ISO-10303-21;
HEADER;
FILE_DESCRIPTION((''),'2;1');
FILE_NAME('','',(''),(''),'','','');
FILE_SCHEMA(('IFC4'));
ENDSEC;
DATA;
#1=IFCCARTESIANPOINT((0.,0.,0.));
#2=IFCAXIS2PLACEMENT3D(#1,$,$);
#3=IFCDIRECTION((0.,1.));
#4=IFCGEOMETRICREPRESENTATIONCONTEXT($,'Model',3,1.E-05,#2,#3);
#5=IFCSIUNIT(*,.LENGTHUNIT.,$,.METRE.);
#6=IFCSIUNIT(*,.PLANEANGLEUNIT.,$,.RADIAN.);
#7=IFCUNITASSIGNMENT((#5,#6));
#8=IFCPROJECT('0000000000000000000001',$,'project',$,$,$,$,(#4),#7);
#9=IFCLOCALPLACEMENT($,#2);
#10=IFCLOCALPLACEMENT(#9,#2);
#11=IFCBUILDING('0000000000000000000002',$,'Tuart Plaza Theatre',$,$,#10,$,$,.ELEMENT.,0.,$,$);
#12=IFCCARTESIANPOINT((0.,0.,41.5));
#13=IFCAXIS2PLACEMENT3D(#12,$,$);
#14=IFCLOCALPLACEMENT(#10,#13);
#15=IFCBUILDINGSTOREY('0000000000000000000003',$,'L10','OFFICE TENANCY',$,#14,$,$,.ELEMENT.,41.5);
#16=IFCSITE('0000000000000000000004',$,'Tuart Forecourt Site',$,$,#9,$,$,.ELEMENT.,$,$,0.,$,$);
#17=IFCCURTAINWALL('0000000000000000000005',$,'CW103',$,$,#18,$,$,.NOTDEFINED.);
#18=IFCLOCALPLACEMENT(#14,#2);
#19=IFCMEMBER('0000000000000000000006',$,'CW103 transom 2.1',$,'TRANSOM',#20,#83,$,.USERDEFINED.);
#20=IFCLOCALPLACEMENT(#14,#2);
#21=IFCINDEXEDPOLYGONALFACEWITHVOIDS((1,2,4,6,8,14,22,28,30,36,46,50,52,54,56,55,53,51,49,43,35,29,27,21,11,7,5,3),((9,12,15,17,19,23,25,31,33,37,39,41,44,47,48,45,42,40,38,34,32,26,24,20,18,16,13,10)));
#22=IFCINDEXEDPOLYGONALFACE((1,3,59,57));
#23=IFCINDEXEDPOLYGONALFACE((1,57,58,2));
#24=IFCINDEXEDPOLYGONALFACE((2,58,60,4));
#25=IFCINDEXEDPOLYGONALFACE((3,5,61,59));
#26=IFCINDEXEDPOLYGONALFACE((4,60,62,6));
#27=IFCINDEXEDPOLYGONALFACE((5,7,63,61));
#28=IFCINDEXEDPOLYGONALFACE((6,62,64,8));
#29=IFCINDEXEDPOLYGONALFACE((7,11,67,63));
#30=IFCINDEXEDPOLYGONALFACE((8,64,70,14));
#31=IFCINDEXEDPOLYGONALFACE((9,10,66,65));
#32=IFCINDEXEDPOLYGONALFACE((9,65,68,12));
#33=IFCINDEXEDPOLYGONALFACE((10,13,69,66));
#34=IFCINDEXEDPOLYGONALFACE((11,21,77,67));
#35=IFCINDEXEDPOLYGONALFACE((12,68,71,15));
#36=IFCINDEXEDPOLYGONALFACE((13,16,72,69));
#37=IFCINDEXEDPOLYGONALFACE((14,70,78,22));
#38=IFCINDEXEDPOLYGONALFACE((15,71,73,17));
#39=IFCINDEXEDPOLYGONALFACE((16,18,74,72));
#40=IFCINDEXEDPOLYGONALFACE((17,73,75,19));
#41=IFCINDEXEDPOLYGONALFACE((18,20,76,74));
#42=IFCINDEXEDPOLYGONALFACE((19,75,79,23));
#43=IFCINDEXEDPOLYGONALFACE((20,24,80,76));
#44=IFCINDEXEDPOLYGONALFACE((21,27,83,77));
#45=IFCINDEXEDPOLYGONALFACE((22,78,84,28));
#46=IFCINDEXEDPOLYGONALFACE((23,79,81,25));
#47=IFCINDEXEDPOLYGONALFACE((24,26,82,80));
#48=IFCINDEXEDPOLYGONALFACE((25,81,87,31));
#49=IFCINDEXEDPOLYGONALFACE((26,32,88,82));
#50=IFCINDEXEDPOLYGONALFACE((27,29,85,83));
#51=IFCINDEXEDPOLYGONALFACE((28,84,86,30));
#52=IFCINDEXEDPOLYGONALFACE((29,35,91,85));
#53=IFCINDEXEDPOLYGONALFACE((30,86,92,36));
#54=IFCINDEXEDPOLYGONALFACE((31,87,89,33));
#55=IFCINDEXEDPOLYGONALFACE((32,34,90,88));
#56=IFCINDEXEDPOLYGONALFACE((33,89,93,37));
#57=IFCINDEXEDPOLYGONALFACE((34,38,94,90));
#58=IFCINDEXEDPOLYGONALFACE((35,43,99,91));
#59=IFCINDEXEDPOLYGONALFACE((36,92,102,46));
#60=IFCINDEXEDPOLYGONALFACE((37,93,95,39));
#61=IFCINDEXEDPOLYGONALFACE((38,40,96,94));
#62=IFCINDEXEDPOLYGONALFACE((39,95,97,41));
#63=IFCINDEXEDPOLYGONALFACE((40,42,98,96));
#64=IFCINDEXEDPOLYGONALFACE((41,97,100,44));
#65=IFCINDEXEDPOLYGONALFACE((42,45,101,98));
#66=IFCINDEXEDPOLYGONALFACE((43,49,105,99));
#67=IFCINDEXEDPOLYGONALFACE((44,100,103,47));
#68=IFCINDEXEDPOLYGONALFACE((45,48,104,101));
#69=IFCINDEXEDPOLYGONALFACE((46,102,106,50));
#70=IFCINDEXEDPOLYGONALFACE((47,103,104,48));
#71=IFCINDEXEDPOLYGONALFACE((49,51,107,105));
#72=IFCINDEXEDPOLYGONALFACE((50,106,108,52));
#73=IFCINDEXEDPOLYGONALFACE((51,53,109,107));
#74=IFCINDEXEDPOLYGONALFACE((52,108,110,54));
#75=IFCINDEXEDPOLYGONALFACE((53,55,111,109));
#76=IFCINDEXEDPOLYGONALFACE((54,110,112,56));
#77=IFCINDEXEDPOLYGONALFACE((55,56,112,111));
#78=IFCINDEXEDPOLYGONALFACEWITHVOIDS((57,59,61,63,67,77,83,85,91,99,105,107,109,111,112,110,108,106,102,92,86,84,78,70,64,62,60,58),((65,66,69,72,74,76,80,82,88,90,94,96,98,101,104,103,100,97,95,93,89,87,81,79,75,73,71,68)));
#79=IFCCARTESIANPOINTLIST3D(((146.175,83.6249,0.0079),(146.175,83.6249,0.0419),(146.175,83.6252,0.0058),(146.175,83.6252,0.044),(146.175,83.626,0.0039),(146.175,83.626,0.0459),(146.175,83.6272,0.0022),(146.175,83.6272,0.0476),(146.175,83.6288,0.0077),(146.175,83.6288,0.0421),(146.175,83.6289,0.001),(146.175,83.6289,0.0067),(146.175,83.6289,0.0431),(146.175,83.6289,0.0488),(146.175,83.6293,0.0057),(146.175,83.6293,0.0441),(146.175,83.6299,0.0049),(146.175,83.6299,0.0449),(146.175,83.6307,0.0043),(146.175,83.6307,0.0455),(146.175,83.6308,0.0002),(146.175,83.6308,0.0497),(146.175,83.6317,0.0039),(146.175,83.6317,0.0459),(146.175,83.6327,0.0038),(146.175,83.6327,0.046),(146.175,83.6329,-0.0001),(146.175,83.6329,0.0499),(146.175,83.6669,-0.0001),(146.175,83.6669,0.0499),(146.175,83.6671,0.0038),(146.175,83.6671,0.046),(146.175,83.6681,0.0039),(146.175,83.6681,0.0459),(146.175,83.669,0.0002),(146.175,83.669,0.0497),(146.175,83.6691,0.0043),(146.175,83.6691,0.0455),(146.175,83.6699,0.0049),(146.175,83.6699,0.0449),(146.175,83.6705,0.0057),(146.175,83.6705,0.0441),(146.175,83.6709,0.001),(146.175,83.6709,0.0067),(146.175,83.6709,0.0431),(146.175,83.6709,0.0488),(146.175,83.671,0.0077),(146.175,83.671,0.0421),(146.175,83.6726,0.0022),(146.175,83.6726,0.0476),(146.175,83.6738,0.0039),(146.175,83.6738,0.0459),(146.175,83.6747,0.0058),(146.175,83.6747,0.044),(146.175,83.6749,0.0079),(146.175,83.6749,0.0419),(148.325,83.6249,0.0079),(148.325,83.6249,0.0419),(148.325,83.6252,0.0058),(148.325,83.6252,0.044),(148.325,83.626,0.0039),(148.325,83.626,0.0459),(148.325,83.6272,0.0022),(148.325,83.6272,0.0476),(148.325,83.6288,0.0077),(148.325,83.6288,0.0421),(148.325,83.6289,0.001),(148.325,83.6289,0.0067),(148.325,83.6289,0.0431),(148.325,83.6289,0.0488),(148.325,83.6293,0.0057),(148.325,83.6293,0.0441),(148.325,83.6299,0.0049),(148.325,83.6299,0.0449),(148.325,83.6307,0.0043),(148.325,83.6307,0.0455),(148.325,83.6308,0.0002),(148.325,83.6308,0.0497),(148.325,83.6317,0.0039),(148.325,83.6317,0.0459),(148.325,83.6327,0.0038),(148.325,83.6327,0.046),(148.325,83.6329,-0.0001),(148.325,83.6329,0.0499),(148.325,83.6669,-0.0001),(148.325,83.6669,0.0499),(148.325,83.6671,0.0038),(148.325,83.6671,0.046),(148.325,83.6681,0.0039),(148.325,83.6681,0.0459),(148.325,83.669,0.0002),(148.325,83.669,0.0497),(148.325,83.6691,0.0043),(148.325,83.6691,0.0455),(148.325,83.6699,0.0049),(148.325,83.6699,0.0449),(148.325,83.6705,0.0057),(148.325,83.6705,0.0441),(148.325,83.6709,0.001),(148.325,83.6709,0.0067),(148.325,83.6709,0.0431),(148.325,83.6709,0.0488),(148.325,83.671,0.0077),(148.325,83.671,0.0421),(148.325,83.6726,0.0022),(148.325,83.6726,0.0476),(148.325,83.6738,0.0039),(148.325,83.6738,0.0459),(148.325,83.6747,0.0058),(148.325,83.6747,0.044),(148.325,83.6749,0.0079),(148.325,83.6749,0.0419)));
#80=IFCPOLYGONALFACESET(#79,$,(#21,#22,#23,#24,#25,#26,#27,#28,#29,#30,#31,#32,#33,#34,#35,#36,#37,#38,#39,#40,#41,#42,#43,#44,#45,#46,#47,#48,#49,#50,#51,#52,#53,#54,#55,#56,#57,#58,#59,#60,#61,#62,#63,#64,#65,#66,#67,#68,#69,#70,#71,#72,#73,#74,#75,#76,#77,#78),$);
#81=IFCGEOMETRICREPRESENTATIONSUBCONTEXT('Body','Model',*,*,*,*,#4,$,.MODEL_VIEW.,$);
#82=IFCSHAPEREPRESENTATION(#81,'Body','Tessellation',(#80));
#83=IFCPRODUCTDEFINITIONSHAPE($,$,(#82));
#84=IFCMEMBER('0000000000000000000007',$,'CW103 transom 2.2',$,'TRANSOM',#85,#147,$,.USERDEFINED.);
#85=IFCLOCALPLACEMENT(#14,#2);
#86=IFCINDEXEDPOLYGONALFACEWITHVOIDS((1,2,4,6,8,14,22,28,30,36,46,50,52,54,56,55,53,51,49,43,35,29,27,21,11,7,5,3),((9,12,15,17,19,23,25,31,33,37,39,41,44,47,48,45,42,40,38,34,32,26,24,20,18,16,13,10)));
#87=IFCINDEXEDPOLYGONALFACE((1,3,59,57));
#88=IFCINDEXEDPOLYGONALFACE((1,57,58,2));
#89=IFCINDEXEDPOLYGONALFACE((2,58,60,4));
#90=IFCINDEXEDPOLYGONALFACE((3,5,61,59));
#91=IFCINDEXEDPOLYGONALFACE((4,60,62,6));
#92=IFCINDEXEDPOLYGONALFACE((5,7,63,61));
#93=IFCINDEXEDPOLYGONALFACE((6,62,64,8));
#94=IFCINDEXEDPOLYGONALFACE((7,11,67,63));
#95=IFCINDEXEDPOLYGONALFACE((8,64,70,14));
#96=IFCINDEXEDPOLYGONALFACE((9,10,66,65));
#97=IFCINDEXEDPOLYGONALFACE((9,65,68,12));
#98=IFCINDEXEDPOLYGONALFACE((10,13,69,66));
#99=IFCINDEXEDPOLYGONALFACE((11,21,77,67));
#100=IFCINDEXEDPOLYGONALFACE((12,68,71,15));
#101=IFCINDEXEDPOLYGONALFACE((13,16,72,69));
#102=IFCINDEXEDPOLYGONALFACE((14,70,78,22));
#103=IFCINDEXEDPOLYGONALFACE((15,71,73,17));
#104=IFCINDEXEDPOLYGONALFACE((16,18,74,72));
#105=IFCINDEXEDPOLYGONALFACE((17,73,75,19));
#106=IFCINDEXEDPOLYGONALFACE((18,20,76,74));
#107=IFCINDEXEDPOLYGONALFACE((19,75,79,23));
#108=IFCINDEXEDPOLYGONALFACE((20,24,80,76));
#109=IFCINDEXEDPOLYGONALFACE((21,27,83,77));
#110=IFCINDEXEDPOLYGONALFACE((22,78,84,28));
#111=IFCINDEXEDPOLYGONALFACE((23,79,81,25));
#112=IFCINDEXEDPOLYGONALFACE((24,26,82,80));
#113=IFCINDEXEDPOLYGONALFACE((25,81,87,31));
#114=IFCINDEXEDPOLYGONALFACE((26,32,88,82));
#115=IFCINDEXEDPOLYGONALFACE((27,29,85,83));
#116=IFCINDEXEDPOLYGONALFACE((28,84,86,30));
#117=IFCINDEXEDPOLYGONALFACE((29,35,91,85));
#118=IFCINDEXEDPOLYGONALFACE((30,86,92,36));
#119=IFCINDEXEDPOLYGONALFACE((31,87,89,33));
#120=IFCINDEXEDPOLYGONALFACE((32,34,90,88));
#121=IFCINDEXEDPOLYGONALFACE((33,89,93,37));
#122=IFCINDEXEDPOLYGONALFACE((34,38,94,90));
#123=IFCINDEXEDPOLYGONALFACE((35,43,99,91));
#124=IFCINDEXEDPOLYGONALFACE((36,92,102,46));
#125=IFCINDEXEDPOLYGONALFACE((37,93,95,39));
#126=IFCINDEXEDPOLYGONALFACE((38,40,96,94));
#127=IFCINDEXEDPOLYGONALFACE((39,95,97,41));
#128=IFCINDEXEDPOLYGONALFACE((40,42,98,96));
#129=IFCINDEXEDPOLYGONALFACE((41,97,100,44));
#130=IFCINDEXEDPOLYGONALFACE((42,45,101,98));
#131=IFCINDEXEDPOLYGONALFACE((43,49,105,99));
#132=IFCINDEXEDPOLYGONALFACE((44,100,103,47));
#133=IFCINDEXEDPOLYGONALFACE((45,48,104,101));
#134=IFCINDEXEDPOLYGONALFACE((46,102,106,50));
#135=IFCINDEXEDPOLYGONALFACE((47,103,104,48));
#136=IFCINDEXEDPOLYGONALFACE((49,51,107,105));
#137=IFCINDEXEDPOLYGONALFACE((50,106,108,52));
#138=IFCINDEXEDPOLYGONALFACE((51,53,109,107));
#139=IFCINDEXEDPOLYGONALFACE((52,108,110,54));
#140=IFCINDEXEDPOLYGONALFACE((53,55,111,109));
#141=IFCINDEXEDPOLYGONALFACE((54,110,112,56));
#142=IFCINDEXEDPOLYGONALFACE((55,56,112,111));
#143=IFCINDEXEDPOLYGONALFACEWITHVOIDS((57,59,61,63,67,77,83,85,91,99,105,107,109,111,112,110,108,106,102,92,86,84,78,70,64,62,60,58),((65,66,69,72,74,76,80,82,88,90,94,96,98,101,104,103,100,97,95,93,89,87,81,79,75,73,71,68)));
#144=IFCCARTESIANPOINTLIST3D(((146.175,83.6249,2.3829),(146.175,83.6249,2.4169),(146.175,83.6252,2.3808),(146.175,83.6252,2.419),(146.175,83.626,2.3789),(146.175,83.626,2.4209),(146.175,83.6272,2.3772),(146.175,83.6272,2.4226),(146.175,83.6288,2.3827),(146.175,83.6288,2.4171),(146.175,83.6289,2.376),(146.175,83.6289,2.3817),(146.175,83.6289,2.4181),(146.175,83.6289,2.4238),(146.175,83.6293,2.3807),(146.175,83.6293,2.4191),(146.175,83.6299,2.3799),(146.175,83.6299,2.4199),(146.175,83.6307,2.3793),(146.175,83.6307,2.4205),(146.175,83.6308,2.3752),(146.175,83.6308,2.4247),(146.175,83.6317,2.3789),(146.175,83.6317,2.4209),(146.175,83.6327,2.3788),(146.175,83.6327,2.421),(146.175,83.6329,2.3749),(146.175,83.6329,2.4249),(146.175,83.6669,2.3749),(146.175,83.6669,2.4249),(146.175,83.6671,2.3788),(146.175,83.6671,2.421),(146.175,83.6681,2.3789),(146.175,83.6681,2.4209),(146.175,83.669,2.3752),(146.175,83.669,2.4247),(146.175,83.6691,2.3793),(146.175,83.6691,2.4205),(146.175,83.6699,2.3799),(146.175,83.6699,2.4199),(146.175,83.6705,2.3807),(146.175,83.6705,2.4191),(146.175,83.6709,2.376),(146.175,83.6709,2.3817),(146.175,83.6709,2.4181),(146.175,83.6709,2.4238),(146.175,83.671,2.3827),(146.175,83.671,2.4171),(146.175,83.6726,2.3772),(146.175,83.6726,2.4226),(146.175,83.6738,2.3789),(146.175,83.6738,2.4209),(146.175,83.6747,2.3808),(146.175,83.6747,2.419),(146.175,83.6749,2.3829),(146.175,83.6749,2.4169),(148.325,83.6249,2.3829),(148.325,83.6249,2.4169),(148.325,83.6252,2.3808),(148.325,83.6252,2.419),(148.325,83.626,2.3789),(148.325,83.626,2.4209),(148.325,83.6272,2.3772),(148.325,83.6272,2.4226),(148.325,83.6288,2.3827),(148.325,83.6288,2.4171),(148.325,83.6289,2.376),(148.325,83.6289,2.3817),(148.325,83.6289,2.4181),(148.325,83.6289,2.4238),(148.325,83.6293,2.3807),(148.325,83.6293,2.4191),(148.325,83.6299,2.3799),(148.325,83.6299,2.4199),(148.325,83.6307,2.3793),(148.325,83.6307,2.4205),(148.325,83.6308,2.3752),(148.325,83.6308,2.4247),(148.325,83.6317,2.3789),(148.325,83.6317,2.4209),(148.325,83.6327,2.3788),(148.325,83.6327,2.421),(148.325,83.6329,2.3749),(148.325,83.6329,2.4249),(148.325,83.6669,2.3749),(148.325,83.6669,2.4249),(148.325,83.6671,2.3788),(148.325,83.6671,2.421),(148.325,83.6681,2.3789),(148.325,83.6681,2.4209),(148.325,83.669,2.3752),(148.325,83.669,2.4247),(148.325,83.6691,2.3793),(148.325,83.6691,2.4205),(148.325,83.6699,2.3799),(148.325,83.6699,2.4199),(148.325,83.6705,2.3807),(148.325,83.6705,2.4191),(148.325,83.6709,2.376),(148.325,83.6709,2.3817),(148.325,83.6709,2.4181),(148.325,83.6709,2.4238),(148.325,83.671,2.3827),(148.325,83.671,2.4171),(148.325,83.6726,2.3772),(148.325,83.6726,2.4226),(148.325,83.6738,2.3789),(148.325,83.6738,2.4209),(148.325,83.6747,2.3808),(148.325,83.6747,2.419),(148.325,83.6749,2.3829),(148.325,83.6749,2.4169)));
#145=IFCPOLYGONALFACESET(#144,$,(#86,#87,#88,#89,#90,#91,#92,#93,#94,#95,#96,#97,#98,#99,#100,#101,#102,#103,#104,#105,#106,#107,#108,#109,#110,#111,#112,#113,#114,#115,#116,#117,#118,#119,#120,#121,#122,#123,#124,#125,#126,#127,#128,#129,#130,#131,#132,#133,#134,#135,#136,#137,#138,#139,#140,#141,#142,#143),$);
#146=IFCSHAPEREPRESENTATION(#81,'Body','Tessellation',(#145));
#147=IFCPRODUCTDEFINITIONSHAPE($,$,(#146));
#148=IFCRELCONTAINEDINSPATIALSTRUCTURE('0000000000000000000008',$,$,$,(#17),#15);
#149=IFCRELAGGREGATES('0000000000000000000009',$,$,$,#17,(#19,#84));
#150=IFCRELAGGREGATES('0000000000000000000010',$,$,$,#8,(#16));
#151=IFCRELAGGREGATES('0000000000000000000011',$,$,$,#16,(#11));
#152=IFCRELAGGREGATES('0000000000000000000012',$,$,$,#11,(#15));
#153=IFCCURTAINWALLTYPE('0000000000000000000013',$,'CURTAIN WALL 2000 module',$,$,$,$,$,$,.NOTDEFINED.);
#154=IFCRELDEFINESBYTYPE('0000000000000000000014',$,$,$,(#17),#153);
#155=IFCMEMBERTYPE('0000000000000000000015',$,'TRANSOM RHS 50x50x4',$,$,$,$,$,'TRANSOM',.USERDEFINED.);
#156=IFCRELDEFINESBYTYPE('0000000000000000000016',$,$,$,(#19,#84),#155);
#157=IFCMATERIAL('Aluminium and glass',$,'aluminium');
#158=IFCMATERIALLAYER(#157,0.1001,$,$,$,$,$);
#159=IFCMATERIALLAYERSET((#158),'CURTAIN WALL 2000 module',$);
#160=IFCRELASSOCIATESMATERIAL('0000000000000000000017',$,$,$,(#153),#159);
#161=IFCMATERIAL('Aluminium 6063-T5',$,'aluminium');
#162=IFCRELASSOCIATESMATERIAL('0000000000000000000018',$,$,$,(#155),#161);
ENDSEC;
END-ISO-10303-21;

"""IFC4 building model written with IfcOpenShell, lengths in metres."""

from ifc_helpers import new_model, si_unit, direction, frame, origin, origin_2d, place, context, subcontext, project, spatial, hollow_rectangle, extrude, material, layer, layer_set, material_profile, profile_set, type_object, element, aggregate, save


model = new_model("IFC4")

# Units and contexts
model_context = context("Model", 3, precision=1e-05, world=origin(), true_north=direction((0.0, 1.0)))
body_context = subcontext(model_context, "Body", "Model", "MODEL_VIEW")
ifc_project = project(units=[si_unit("LENGTHUNIT", "METRE"), si_unit("PLANEANGLEUNIT", "RADIAN")], contexts=[model_context])

# Site, building, storey
site_placement = place(None, origin())
site = spatial("IfcSite", under=ifc_project, at=site_placement, Name="Tuart Forecourt Site", CompositionType="ELEMENT", RefElevation=0.0)
building_placement = place(site_placement, origin())
building = spatial("IfcBuilding", under=site, at=building_placement, Name="Tuart Plaza Theatre", CompositionType="ELEMENT", ElevationOfRefHeight=0.0)
storey_placement = place(building_placement, frame((0.0, 0.0, 41.5)))
storey = spatial("IfcBuildingStorey", under=building, at=storey_placement, Name="L10", Description="OFFICE TENANCY", CompositionType="ELEMENT", Elevation=41.5)

# Shared definitions
ifc_material_1 = material(Name="Aluminium and glass", Category="aluminium")
ifc_layer_1 = layer(ifc_material_1, 0.1001)
ifc_layer_set_1 = layer_set([ifc_layer_1], Name="CURTAIN WALL 2000 module")
curtain_wall_type = type_object("IfcCurtainWallType", Name="CURTAIN WALL 2000 module", PredefinedType="NOTDEFINED", material=ifc_layer_set_1)

# Curtain wall
curtain_wall_1_placement = place(storey_placement, origin())
curtain_wall_1 = element("IfcCurtainWall", 1, at=curtain_wall_1_placement, inside=storey, type_object=curtain_wall_type, Name="CW103", PredefinedType="NOTDEFINED")

# Members
ifc_material_2 = material(Name="Aluminium 6063-T5", Category="aluminium")
ifc_material_profile_1 = material_profile(ifc_material_2, hollow_rectangle(XDim=0.05, YDim=0.05, WallThickness=0.0039, InnerFilletRadius=0.0039, OuterFilletRadius=0.0081, at=origin_2d()), Name="RHS 50x50x4")
ifc_profile_set_1 = profile_set([ifc_material_profile_1], Name="Aluminium 6063-T5")
member_type_1 = type_object("IfcMemberType", Name="TRANSOM RHS 50x50x4", ElementType="TRANSOM", PredefinedType="USERDEFINED", material=ifc_profile_set_1)
member_1_placement = place(storey_placement, frame((148.325, 83.6499, 0.0249), z_axis=(-1.0, 0.0, 0.0), x_axis=(0.0, -1.0, 0.0)))
member_1 = element("IfcMember", 2, at=member_1_placement, type_object=member_type_1, Name="CW103 transom 2.1", ObjectType="TRANSOM", PredefinedType="USERDEFINED", context=body_context, shape_type="SweptSolid", body=[
    extrude(hollow_rectangle(XDim=0.05, YDim=0.05, WallThickness=0.0039, InnerFilletRadius=0.0039, OuterFilletRadius=0.0081, at=origin_2d()), origin(), (0.0, 0.0, 1.0), 2.1499),
])
member_2_placement = place(storey_placement, frame((148.325, 83.6499, 2.3999), z_axis=(-1.0, 0.0, 0.0), x_axis=(0.0, -1.0, 0.0)))
member_2 = element("IfcMember", 3, at=member_2_placement, type_object=member_type_1, Name="CW103 transom 2.2", ObjectType="TRANSOM", PredefinedType="USERDEFINED", context=body_context, shape_type="SweptSolid", body=[
    extrude(hollow_rectangle(XDim=0.05, YDim=0.05, WallThickness=0.0039, InnerFilletRadius=0.0039, OuterFilletRadius=0.0081, at=origin_2d()), origin(), (0.0, 0.0, 1.0), 2.1499),
])

aggregate(curtain_wall_1, [member_1, member_2])

save(model, "model.ifc")
